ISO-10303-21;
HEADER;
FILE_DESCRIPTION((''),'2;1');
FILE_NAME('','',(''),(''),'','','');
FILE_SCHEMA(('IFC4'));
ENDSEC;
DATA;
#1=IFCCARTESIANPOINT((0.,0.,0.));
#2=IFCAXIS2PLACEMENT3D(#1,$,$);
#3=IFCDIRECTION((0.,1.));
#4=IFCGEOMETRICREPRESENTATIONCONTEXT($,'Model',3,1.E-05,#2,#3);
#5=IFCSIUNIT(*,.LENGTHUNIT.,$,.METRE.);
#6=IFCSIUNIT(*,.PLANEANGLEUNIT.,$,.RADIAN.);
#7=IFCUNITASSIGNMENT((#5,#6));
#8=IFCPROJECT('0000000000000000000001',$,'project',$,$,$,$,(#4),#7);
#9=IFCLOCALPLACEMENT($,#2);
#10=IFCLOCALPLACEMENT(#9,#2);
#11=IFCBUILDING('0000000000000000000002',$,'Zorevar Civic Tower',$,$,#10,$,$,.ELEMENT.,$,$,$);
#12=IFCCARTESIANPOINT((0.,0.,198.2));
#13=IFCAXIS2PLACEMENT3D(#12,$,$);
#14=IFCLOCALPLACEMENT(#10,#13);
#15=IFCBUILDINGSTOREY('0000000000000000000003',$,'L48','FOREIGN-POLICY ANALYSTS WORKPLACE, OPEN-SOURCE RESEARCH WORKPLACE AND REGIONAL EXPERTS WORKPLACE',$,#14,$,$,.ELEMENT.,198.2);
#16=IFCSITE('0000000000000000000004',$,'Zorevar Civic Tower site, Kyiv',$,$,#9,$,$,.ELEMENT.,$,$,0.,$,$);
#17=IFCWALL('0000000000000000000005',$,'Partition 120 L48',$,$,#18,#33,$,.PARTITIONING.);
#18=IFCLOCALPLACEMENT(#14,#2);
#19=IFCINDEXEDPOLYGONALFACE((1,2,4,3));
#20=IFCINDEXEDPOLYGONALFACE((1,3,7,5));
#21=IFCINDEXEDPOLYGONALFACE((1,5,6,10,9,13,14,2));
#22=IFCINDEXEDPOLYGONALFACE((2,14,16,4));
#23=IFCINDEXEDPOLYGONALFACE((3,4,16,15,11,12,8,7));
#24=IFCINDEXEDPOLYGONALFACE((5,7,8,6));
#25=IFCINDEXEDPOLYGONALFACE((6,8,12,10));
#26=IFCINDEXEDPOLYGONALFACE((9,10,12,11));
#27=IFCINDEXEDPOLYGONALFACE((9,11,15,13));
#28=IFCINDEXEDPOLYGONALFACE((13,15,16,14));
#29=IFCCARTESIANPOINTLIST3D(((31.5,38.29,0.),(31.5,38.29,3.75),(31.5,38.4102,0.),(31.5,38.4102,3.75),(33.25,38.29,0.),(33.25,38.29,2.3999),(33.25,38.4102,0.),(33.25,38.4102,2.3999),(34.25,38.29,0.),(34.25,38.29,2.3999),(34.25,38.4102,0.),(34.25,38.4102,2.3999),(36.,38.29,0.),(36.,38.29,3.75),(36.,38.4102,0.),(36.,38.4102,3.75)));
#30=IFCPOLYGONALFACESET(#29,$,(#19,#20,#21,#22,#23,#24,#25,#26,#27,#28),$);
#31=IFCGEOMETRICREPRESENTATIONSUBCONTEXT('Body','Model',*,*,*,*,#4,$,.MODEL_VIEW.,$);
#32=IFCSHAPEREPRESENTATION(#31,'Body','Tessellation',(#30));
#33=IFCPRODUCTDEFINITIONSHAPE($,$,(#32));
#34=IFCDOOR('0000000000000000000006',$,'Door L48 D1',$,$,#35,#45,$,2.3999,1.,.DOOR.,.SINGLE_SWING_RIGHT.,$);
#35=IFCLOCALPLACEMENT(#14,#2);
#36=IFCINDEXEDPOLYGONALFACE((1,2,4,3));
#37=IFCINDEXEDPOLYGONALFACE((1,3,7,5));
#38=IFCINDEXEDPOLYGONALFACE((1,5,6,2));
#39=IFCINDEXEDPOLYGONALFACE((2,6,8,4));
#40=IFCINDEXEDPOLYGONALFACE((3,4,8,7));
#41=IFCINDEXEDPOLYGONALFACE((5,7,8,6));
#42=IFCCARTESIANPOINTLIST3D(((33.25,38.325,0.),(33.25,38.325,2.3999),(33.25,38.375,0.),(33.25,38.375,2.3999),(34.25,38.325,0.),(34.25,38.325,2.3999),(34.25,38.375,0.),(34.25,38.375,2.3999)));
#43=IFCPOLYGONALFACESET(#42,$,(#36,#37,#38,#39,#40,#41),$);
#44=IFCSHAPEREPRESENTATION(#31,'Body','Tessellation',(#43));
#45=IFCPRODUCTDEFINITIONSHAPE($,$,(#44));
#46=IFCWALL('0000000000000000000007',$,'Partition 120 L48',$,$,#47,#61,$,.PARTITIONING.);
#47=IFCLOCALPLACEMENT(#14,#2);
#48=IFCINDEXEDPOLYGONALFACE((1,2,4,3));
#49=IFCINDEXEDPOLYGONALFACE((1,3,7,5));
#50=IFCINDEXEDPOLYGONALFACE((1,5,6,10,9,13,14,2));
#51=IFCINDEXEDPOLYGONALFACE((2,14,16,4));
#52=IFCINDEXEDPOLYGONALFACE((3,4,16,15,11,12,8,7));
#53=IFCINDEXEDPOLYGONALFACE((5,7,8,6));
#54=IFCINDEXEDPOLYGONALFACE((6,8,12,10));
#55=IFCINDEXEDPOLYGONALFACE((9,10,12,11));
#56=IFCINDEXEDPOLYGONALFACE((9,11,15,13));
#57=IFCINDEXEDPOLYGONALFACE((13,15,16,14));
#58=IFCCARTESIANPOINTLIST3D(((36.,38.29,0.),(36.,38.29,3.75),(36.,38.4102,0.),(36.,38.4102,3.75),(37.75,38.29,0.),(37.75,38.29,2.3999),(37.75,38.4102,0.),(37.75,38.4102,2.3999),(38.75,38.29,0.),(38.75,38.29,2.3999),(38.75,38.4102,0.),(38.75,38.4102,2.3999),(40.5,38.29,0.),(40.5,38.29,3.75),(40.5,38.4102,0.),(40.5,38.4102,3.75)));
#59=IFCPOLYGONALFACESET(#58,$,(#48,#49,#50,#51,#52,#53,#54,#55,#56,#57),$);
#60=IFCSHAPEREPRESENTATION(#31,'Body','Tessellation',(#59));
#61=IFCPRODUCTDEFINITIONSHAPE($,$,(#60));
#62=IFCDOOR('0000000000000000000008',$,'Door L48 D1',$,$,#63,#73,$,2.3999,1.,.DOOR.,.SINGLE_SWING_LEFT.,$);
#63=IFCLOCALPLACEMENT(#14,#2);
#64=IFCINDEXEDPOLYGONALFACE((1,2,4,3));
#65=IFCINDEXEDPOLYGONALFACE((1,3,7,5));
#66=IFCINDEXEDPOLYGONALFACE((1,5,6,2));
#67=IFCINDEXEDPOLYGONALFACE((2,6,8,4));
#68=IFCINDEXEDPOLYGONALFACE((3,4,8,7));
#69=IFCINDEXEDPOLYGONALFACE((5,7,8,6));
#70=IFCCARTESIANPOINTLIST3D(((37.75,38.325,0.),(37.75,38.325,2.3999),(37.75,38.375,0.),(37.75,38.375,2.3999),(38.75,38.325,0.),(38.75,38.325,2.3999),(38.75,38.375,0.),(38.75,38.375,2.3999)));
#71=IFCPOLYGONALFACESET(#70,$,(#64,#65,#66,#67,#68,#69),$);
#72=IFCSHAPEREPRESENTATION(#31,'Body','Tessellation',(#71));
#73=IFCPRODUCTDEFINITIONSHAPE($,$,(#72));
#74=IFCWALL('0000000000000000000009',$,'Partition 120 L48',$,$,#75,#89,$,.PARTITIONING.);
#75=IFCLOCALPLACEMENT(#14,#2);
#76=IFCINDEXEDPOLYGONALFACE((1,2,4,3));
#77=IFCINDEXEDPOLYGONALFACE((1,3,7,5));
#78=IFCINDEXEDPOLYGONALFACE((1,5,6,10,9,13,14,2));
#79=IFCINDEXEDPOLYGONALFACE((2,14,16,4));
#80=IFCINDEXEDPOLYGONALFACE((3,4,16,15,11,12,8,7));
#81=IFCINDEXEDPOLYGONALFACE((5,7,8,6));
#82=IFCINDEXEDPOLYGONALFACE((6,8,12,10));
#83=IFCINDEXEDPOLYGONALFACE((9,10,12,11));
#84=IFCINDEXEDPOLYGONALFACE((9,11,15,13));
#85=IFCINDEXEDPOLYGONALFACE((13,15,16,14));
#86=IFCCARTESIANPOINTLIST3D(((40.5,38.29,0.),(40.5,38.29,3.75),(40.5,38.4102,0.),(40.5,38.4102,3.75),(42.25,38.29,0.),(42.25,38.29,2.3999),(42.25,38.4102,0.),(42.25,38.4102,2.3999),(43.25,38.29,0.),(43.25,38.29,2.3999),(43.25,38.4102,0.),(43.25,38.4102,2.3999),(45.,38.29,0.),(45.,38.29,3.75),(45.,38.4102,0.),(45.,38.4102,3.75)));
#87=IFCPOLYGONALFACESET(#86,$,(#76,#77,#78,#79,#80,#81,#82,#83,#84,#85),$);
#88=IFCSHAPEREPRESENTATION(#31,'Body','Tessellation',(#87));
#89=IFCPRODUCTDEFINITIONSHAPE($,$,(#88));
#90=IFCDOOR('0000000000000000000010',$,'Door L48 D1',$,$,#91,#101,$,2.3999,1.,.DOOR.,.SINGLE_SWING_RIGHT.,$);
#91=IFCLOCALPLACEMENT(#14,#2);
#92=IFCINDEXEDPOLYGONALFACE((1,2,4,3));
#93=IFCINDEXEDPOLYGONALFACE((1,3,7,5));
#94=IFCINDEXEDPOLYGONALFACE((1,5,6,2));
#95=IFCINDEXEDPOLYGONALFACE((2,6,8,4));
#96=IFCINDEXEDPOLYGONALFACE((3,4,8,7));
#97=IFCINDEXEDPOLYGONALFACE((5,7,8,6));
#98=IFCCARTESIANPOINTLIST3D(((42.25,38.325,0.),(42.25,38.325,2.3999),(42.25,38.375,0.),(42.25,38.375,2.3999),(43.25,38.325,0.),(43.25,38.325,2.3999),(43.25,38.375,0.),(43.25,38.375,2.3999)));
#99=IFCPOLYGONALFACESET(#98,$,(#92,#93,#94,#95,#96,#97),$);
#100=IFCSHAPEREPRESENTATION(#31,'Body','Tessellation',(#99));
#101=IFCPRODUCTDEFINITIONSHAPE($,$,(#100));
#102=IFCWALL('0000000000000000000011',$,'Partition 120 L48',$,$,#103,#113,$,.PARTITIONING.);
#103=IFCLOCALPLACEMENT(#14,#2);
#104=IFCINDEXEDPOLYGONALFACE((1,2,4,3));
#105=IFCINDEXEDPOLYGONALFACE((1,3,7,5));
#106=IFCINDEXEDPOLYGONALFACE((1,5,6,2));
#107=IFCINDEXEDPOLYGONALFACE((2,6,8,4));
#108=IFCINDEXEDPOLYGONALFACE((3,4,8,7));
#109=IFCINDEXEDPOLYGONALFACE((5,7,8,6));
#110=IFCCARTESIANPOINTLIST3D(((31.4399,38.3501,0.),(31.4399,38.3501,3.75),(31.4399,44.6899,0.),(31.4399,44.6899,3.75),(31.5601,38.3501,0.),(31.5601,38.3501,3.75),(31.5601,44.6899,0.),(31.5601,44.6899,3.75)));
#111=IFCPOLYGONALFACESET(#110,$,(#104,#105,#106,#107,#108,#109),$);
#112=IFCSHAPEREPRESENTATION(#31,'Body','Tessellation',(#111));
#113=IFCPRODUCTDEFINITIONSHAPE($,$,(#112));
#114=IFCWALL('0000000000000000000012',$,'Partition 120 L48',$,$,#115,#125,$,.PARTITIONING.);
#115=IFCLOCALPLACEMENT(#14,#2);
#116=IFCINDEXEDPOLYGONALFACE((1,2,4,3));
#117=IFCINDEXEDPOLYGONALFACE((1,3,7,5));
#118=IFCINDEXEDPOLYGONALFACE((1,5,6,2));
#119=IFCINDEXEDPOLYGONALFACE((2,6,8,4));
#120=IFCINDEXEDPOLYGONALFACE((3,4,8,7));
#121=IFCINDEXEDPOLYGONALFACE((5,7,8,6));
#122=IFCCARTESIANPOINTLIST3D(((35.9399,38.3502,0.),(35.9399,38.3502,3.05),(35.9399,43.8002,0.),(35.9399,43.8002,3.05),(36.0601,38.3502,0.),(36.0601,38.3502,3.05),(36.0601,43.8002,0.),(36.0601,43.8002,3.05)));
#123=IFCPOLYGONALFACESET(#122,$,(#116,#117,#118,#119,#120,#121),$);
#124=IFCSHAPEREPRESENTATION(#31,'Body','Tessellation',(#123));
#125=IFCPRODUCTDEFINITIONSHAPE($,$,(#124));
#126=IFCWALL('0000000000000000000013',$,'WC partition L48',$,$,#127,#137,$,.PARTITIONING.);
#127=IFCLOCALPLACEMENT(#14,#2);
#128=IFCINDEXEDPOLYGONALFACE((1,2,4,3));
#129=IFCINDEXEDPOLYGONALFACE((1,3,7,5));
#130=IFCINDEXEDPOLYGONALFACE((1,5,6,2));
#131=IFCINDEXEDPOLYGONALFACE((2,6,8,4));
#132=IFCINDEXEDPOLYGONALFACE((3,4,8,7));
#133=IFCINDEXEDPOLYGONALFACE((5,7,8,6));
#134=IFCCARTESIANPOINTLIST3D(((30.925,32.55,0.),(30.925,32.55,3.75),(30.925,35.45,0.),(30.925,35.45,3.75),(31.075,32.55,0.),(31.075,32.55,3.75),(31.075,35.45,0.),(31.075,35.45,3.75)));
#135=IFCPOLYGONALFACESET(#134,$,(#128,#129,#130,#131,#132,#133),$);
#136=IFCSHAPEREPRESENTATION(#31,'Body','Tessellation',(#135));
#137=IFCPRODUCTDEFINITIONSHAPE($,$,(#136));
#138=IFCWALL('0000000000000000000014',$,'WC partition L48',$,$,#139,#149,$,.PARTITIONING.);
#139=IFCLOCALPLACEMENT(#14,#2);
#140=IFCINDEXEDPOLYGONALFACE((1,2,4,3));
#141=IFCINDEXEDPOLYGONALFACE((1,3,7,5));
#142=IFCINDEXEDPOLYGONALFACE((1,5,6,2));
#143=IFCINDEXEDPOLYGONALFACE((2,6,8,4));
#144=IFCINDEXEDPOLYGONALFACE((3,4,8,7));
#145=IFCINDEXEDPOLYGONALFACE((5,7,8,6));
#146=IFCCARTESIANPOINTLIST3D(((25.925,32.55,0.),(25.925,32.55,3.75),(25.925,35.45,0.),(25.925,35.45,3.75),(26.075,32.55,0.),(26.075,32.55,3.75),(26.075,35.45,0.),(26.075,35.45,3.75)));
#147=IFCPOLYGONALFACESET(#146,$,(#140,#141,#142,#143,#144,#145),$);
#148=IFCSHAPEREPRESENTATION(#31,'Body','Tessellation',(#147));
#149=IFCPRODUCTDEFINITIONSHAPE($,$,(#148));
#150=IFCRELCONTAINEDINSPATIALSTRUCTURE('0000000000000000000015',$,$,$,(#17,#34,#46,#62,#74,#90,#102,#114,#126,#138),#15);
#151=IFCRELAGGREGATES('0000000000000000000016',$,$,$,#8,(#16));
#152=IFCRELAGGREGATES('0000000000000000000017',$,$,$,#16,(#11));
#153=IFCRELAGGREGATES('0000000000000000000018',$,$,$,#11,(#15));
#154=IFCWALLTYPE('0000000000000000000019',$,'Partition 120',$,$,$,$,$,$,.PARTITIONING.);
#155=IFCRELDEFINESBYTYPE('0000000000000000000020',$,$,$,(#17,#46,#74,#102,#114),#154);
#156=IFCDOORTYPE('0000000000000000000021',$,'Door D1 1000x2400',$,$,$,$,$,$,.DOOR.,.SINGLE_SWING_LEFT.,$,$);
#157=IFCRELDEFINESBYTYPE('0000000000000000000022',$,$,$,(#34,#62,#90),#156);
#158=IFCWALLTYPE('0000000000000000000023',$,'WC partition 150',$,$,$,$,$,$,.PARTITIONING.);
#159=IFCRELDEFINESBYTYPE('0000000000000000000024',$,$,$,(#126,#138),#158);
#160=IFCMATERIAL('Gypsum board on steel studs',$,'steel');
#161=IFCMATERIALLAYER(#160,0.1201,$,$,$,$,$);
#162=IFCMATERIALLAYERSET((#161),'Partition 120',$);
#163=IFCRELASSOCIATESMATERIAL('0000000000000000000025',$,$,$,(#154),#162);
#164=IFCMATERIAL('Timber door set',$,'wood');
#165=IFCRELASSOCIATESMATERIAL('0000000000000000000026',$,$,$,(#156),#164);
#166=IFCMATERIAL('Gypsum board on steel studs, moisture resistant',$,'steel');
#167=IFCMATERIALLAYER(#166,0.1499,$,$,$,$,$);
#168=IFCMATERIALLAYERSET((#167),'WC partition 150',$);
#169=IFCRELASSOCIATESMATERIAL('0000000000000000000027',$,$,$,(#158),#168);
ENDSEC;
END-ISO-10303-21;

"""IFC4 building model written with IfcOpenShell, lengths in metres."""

from ifc_helpers import new_model, si_unit, direction, frame, frame_2d, origin, place, context, subcontext, project, spatial, rectangle, extrude, material, layer, layer_set, type_object, element, fill, save


model = new_model("IFC4")

# Units and contexts
model_context = context("Model", 3, precision=1e-05, world=origin(), true_north=direction((0.0, 1.0)))
body_context = subcontext(model_context, "Body", "Model", "MODEL_VIEW")
ifc_project = project(units=[si_unit("LENGTHUNIT", "METRE"), si_unit("PLANEANGLEUNIT", "RADIAN")], contexts=[model_context])

# Site, building, storey
site_placement = place(None, origin())
site = spatial("IfcSite", under=ifc_project, at=site_placement, Name="Zorevar Civic Tower site, Kyiv", CompositionType="ELEMENT", RefElevation=0.0)
building_placement = place(site_placement, origin())
building = spatial("IfcBuilding", under=site, at=building_placement, Name="Zorevar Civic Tower", CompositionType="ELEMENT")
storey_placement = place(building_placement, frame((0.0, 0.0, 198.2)))
storey = spatial("IfcBuildingStorey", under=building, at=storey_placement, Name="L48", Description="FOREIGN-POLICY ANALYSTS WORKPLACE, OPEN-SOURCE RESEARCH WORKPLACE AND REGIONAL EXPERTS WORKPLACE", CompositionType="ELEMENT", Elevation=198.2)

# Walls, openings, doors
ifc_material_1 = material(Name="Gypsum board on steel studs", Category="steel")
ifc_layer_1 = layer(ifc_material_1, 0.1201)
ifc_layer_set_1 = layer_set([ifc_layer_1], Name="Partition 120")
wall_type_1 = type_object("IfcWallType", Name="Partition 120", PredefinedType="PARTITIONING", material=ifc_layer_set_1)
wall_1_placement = place(storey_placement, frame((31.5, 38.3501, 0.0), z_axis=(0.0, 0.0, 1.0), x_axis=(1.0, 0.0, 0.0)))
wall_1 = element("IfcWall", 1, at=wall_1_placement, inside=storey, type_object=wall_type_1, Name="Partition 120 L48", PredefinedType="PARTITIONING", context=body_context, shape_type="SweptSolid", body=[
    extrude(rectangle(XDim=4.5, YDim=0.1201, at=frame_2d((2.25, 0.0))), origin(), (0.0, 0.0, 1.0), 3.75),
])
opening_1_placement = place(wall_1_placement, frame((1.75, 0.0, 0.0)))
opening_1 = element("IfcOpeningElement", 2, at=opening_1_placement, cuts=wall_1, PredefinedType="OPENING", context=body_context, shape_type="SweptSolid", body=[
    extrude(rectangle(XDim=1.0, YDim=2.3999, at=frame_2d((0.5, 1.2))), frame((0.0, 0.0701, 0.0), z_axis=(0.0, -1.0, 0.0), x_axis=(1.0, 0.0, 0.0)), (0.0, 0.0, 1.0), 0.1401),
])
ifc_material_2 = material(Name="Timber door set", Category="wood")
door_type_1 = type_object("IfcDoorType", Name="Door D1 1000x2400", OperationType="SINGLE_SWING_LEFT", PredefinedType="DOOR", material=ifc_material_2)
door_1_placement = place(opening_1_placement, origin())
door_1 = element("IfcDoor", 3, at=door_1_placement, inside=storey, type_object=door_type_1, Name="Door L48 D1", OperationType="SINGLE_SWING_RIGHT", OverallHeight=2.3999, OverallWidth=1.0, PredefinedType="DOOR", context=body_context, shape_type="SweptSolid", body=[
    extrude(rectangle(XDim=1.0, YDim=2.3999, at=frame_2d((0.5, 1.2))), frame((0.0, 0.0249, 0.0), z_axis=(0.0, -1.0, 0.0), x_axis=(1.0, 0.0, 0.0)), (0.0, 0.0, 1.0), 0.05),
])
fill(opening_1, door_1)
wall_2_placement = place(storey_placement, frame((36.0, 38.3501, 0.0), z_axis=(0.0, 0.0, 1.0), x_axis=(1.0, 0.0, 0.0)))
wall_2 = element("IfcWall", 4, at=wall_2_placement, inside=storey, type_object=wall_type_1, Name="Partition 120 L48", PredefinedType="PARTITIONING", context=body_context, shape_type="SweptSolid", body=[
    extrude(rectangle(XDim=4.5, YDim=0.1201, at=frame_2d((2.25, 0.0))), origin(), (0.0, 0.0, 1.0), 3.75),
])
opening_2_placement = place(wall_2_placement, frame((1.75, 0.0, 0.0)))
opening_2 = element("IfcOpeningElement", 5, at=opening_2_placement, cuts=wall_2, PredefinedType="OPENING", context=body_context, shape_type="SweptSolid", body=[
    extrude(rectangle(XDim=1.0, YDim=2.3999, at=frame_2d((0.5, 1.2))), frame((0.0, 0.0701, 0.0), z_axis=(0.0, -1.0, 0.0), x_axis=(1.0, 0.0, 0.0)), (0.0, 0.0, 1.0), 0.1401),
])
door_2_placement = place(opening_2_placement, origin())
door_2 = element("IfcDoor", 6, at=door_2_placement, inside=storey, type_object=door_type_1, Name="Door L48 D1", OperationType="SINGLE_SWING_LEFT", OverallHeight=2.3999, OverallWidth=1.0, PredefinedType="DOOR", context=body_context, shape_type="SweptSolid", body=[
    extrude(rectangle(XDim=1.0, YDim=2.3999, at=frame_2d((0.5, 1.2))), frame((0.0, 0.0249, 0.0), z_axis=(0.0, -1.0, 0.0), x_axis=(1.0, 0.0, 0.0)), (0.0, 0.0, 1.0), 0.05),
])
fill(opening_2, door_2)
wall_3_placement = place(storey_placement, frame((40.5, 38.3501, 0.0), z_axis=(0.0, 0.0, 1.0), x_axis=(1.0, 0.0, 0.0)))
wall_3 = element("IfcWall", 7, at=wall_3_placement, inside=storey, type_object=wall_type_1, Name="Partition 120 L48", PredefinedType="PARTITIONING", context=body_context, shape_type="SweptSolid", body=[
    extrude(rectangle(XDim=4.5, YDim=0.1201, at=frame_2d((2.25, 0.0))), origin(), (0.0, 0.0, 1.0), 3.75),
])
opening_3_placement = place(wall_3_placement, frame((1.75, 0.0, 0.0)))
opening_3 = element("IfcOpeningElement", 8, at=opening_3_placement, cuts=wall_3, PredefinedType="OPENING", context=body_context, shape_type="SweptSolid", body=[
    extrude(rectangle(XDim=1.0, YDim=2.3999, at=frame_2d((0.5, 1.2))), frame((0.0, 0.0701, 0.0), z_axis=(0.0, -1.0, 0.0), x_axis=(1.0, 0.0, 0.0)), (0.0, 0.0, 1.0), 0.1401),
])
door_3_placement = place(opening_3_placement, origin())
door_3 = element("IfcDoor", 9, at=door_3_placement, inside=storey, type_object=door_type_1, Name="Door L48 D1", OperationType="SINGLE_SWING_RIGHT", OverallHeight=2.3999, OverallWidth=1.0, PredefinedType="DOOR", context=body_context, shape_type="SweptSolid", body=[
    extrude(rectangle(XDim=1.0, YDim=2.3999, at=frame_2d((0.5, 1.2))), frame((0.0, 0.0249, 0.0), z_axis=(0.0, -1.0, 0.0), x_axis=(1.0, 0.0, 0.0)), (0.0, 0.0, 1.0), 0.05),
])
fill(opening_3, door_3)

# Walls
wall_4_placement = place(storey_placement, frame((31.5, 38.3501, 0.0), z_axis=(0.0, 0.0, 1.0), x_axis=(0.0, 1.0, 0.0)))
element("IfcWall", 10, at=wall_4_placement, inside=storey, type_object=wall_type_1, Name="Partition 120 L48", PredefinedType="PARTITIONING", context=body_context, shape_type="SweptSolid", body=[
    extrude(rectangle(XDim=6.3398, YDim=0.1201, at=frame_2d((3.1699, 0.0))), origin(), (0.0, 0.0, 1.0), 3.75),
])
wall_5_placement = place(storey_placement, frame((36.0, 38.3501, 0.0), z_axis=(0.0, 0.0, 1.0), x_axis=(0.0, 1.0, 0.0)))
element("IfcWall", 11, at=wall_5_placement, inside=storey, type_object=wall_type_1, Name="Partition 120 L48", PredefinedType="PARTITIONING", context=body_context, shape_type="SweptSolid", body=[
    extrude(rectangle(XDim=5.45, YDim=0.1201, at=frame_2d((2.7251, 0.0))), origin(), (0.0, 0.0, 1.0), 3.05),
])
ifc_material_3 = material(Name="Gypsum board on steel studs, moisture resistant", Category="steel")
ifc_layer_2 = layer(ifc_material_3, 0.1499)
ifc_layer_set_2 = layer_set([ifc_layer_2], Name="WC partition 150")
wall_type_2 = type_object("IfcWallType", Name="WC partition 150", PredefinedType="PARTITIONING", material=ifc_layer_set_2)
for number, where, z_axis, x_axis, name in (
    (12, (31.0, 32.55, 0.0), (0.0, 0.0, 1.0), (0.0, 1.0, 0.0), "WC partition L48"),
    (13, (26.0, 32.55, 0.0), (0.0, 0.0, 1.0), (0.0, 1.0, 0.0), "WC partition L48"),
):
    element("IfcWall", number, at=place(storey_placement, frame(where, z_axis=z_axis, x_axis=x_axis)), inside=storey, type_object=wall_type_2, Name=name, PredefinedType="PARTITIONING", context=body_context, shape_type="SweptSolid", body=[
        extrude(rectangle(XDim=2.8999, YDim=0.1499, at=frame_2d((1.45, 0.0))), origin(), (0.0, 0.0, 1.0), 3.75),
    ])

save(model, "model.ifc")
